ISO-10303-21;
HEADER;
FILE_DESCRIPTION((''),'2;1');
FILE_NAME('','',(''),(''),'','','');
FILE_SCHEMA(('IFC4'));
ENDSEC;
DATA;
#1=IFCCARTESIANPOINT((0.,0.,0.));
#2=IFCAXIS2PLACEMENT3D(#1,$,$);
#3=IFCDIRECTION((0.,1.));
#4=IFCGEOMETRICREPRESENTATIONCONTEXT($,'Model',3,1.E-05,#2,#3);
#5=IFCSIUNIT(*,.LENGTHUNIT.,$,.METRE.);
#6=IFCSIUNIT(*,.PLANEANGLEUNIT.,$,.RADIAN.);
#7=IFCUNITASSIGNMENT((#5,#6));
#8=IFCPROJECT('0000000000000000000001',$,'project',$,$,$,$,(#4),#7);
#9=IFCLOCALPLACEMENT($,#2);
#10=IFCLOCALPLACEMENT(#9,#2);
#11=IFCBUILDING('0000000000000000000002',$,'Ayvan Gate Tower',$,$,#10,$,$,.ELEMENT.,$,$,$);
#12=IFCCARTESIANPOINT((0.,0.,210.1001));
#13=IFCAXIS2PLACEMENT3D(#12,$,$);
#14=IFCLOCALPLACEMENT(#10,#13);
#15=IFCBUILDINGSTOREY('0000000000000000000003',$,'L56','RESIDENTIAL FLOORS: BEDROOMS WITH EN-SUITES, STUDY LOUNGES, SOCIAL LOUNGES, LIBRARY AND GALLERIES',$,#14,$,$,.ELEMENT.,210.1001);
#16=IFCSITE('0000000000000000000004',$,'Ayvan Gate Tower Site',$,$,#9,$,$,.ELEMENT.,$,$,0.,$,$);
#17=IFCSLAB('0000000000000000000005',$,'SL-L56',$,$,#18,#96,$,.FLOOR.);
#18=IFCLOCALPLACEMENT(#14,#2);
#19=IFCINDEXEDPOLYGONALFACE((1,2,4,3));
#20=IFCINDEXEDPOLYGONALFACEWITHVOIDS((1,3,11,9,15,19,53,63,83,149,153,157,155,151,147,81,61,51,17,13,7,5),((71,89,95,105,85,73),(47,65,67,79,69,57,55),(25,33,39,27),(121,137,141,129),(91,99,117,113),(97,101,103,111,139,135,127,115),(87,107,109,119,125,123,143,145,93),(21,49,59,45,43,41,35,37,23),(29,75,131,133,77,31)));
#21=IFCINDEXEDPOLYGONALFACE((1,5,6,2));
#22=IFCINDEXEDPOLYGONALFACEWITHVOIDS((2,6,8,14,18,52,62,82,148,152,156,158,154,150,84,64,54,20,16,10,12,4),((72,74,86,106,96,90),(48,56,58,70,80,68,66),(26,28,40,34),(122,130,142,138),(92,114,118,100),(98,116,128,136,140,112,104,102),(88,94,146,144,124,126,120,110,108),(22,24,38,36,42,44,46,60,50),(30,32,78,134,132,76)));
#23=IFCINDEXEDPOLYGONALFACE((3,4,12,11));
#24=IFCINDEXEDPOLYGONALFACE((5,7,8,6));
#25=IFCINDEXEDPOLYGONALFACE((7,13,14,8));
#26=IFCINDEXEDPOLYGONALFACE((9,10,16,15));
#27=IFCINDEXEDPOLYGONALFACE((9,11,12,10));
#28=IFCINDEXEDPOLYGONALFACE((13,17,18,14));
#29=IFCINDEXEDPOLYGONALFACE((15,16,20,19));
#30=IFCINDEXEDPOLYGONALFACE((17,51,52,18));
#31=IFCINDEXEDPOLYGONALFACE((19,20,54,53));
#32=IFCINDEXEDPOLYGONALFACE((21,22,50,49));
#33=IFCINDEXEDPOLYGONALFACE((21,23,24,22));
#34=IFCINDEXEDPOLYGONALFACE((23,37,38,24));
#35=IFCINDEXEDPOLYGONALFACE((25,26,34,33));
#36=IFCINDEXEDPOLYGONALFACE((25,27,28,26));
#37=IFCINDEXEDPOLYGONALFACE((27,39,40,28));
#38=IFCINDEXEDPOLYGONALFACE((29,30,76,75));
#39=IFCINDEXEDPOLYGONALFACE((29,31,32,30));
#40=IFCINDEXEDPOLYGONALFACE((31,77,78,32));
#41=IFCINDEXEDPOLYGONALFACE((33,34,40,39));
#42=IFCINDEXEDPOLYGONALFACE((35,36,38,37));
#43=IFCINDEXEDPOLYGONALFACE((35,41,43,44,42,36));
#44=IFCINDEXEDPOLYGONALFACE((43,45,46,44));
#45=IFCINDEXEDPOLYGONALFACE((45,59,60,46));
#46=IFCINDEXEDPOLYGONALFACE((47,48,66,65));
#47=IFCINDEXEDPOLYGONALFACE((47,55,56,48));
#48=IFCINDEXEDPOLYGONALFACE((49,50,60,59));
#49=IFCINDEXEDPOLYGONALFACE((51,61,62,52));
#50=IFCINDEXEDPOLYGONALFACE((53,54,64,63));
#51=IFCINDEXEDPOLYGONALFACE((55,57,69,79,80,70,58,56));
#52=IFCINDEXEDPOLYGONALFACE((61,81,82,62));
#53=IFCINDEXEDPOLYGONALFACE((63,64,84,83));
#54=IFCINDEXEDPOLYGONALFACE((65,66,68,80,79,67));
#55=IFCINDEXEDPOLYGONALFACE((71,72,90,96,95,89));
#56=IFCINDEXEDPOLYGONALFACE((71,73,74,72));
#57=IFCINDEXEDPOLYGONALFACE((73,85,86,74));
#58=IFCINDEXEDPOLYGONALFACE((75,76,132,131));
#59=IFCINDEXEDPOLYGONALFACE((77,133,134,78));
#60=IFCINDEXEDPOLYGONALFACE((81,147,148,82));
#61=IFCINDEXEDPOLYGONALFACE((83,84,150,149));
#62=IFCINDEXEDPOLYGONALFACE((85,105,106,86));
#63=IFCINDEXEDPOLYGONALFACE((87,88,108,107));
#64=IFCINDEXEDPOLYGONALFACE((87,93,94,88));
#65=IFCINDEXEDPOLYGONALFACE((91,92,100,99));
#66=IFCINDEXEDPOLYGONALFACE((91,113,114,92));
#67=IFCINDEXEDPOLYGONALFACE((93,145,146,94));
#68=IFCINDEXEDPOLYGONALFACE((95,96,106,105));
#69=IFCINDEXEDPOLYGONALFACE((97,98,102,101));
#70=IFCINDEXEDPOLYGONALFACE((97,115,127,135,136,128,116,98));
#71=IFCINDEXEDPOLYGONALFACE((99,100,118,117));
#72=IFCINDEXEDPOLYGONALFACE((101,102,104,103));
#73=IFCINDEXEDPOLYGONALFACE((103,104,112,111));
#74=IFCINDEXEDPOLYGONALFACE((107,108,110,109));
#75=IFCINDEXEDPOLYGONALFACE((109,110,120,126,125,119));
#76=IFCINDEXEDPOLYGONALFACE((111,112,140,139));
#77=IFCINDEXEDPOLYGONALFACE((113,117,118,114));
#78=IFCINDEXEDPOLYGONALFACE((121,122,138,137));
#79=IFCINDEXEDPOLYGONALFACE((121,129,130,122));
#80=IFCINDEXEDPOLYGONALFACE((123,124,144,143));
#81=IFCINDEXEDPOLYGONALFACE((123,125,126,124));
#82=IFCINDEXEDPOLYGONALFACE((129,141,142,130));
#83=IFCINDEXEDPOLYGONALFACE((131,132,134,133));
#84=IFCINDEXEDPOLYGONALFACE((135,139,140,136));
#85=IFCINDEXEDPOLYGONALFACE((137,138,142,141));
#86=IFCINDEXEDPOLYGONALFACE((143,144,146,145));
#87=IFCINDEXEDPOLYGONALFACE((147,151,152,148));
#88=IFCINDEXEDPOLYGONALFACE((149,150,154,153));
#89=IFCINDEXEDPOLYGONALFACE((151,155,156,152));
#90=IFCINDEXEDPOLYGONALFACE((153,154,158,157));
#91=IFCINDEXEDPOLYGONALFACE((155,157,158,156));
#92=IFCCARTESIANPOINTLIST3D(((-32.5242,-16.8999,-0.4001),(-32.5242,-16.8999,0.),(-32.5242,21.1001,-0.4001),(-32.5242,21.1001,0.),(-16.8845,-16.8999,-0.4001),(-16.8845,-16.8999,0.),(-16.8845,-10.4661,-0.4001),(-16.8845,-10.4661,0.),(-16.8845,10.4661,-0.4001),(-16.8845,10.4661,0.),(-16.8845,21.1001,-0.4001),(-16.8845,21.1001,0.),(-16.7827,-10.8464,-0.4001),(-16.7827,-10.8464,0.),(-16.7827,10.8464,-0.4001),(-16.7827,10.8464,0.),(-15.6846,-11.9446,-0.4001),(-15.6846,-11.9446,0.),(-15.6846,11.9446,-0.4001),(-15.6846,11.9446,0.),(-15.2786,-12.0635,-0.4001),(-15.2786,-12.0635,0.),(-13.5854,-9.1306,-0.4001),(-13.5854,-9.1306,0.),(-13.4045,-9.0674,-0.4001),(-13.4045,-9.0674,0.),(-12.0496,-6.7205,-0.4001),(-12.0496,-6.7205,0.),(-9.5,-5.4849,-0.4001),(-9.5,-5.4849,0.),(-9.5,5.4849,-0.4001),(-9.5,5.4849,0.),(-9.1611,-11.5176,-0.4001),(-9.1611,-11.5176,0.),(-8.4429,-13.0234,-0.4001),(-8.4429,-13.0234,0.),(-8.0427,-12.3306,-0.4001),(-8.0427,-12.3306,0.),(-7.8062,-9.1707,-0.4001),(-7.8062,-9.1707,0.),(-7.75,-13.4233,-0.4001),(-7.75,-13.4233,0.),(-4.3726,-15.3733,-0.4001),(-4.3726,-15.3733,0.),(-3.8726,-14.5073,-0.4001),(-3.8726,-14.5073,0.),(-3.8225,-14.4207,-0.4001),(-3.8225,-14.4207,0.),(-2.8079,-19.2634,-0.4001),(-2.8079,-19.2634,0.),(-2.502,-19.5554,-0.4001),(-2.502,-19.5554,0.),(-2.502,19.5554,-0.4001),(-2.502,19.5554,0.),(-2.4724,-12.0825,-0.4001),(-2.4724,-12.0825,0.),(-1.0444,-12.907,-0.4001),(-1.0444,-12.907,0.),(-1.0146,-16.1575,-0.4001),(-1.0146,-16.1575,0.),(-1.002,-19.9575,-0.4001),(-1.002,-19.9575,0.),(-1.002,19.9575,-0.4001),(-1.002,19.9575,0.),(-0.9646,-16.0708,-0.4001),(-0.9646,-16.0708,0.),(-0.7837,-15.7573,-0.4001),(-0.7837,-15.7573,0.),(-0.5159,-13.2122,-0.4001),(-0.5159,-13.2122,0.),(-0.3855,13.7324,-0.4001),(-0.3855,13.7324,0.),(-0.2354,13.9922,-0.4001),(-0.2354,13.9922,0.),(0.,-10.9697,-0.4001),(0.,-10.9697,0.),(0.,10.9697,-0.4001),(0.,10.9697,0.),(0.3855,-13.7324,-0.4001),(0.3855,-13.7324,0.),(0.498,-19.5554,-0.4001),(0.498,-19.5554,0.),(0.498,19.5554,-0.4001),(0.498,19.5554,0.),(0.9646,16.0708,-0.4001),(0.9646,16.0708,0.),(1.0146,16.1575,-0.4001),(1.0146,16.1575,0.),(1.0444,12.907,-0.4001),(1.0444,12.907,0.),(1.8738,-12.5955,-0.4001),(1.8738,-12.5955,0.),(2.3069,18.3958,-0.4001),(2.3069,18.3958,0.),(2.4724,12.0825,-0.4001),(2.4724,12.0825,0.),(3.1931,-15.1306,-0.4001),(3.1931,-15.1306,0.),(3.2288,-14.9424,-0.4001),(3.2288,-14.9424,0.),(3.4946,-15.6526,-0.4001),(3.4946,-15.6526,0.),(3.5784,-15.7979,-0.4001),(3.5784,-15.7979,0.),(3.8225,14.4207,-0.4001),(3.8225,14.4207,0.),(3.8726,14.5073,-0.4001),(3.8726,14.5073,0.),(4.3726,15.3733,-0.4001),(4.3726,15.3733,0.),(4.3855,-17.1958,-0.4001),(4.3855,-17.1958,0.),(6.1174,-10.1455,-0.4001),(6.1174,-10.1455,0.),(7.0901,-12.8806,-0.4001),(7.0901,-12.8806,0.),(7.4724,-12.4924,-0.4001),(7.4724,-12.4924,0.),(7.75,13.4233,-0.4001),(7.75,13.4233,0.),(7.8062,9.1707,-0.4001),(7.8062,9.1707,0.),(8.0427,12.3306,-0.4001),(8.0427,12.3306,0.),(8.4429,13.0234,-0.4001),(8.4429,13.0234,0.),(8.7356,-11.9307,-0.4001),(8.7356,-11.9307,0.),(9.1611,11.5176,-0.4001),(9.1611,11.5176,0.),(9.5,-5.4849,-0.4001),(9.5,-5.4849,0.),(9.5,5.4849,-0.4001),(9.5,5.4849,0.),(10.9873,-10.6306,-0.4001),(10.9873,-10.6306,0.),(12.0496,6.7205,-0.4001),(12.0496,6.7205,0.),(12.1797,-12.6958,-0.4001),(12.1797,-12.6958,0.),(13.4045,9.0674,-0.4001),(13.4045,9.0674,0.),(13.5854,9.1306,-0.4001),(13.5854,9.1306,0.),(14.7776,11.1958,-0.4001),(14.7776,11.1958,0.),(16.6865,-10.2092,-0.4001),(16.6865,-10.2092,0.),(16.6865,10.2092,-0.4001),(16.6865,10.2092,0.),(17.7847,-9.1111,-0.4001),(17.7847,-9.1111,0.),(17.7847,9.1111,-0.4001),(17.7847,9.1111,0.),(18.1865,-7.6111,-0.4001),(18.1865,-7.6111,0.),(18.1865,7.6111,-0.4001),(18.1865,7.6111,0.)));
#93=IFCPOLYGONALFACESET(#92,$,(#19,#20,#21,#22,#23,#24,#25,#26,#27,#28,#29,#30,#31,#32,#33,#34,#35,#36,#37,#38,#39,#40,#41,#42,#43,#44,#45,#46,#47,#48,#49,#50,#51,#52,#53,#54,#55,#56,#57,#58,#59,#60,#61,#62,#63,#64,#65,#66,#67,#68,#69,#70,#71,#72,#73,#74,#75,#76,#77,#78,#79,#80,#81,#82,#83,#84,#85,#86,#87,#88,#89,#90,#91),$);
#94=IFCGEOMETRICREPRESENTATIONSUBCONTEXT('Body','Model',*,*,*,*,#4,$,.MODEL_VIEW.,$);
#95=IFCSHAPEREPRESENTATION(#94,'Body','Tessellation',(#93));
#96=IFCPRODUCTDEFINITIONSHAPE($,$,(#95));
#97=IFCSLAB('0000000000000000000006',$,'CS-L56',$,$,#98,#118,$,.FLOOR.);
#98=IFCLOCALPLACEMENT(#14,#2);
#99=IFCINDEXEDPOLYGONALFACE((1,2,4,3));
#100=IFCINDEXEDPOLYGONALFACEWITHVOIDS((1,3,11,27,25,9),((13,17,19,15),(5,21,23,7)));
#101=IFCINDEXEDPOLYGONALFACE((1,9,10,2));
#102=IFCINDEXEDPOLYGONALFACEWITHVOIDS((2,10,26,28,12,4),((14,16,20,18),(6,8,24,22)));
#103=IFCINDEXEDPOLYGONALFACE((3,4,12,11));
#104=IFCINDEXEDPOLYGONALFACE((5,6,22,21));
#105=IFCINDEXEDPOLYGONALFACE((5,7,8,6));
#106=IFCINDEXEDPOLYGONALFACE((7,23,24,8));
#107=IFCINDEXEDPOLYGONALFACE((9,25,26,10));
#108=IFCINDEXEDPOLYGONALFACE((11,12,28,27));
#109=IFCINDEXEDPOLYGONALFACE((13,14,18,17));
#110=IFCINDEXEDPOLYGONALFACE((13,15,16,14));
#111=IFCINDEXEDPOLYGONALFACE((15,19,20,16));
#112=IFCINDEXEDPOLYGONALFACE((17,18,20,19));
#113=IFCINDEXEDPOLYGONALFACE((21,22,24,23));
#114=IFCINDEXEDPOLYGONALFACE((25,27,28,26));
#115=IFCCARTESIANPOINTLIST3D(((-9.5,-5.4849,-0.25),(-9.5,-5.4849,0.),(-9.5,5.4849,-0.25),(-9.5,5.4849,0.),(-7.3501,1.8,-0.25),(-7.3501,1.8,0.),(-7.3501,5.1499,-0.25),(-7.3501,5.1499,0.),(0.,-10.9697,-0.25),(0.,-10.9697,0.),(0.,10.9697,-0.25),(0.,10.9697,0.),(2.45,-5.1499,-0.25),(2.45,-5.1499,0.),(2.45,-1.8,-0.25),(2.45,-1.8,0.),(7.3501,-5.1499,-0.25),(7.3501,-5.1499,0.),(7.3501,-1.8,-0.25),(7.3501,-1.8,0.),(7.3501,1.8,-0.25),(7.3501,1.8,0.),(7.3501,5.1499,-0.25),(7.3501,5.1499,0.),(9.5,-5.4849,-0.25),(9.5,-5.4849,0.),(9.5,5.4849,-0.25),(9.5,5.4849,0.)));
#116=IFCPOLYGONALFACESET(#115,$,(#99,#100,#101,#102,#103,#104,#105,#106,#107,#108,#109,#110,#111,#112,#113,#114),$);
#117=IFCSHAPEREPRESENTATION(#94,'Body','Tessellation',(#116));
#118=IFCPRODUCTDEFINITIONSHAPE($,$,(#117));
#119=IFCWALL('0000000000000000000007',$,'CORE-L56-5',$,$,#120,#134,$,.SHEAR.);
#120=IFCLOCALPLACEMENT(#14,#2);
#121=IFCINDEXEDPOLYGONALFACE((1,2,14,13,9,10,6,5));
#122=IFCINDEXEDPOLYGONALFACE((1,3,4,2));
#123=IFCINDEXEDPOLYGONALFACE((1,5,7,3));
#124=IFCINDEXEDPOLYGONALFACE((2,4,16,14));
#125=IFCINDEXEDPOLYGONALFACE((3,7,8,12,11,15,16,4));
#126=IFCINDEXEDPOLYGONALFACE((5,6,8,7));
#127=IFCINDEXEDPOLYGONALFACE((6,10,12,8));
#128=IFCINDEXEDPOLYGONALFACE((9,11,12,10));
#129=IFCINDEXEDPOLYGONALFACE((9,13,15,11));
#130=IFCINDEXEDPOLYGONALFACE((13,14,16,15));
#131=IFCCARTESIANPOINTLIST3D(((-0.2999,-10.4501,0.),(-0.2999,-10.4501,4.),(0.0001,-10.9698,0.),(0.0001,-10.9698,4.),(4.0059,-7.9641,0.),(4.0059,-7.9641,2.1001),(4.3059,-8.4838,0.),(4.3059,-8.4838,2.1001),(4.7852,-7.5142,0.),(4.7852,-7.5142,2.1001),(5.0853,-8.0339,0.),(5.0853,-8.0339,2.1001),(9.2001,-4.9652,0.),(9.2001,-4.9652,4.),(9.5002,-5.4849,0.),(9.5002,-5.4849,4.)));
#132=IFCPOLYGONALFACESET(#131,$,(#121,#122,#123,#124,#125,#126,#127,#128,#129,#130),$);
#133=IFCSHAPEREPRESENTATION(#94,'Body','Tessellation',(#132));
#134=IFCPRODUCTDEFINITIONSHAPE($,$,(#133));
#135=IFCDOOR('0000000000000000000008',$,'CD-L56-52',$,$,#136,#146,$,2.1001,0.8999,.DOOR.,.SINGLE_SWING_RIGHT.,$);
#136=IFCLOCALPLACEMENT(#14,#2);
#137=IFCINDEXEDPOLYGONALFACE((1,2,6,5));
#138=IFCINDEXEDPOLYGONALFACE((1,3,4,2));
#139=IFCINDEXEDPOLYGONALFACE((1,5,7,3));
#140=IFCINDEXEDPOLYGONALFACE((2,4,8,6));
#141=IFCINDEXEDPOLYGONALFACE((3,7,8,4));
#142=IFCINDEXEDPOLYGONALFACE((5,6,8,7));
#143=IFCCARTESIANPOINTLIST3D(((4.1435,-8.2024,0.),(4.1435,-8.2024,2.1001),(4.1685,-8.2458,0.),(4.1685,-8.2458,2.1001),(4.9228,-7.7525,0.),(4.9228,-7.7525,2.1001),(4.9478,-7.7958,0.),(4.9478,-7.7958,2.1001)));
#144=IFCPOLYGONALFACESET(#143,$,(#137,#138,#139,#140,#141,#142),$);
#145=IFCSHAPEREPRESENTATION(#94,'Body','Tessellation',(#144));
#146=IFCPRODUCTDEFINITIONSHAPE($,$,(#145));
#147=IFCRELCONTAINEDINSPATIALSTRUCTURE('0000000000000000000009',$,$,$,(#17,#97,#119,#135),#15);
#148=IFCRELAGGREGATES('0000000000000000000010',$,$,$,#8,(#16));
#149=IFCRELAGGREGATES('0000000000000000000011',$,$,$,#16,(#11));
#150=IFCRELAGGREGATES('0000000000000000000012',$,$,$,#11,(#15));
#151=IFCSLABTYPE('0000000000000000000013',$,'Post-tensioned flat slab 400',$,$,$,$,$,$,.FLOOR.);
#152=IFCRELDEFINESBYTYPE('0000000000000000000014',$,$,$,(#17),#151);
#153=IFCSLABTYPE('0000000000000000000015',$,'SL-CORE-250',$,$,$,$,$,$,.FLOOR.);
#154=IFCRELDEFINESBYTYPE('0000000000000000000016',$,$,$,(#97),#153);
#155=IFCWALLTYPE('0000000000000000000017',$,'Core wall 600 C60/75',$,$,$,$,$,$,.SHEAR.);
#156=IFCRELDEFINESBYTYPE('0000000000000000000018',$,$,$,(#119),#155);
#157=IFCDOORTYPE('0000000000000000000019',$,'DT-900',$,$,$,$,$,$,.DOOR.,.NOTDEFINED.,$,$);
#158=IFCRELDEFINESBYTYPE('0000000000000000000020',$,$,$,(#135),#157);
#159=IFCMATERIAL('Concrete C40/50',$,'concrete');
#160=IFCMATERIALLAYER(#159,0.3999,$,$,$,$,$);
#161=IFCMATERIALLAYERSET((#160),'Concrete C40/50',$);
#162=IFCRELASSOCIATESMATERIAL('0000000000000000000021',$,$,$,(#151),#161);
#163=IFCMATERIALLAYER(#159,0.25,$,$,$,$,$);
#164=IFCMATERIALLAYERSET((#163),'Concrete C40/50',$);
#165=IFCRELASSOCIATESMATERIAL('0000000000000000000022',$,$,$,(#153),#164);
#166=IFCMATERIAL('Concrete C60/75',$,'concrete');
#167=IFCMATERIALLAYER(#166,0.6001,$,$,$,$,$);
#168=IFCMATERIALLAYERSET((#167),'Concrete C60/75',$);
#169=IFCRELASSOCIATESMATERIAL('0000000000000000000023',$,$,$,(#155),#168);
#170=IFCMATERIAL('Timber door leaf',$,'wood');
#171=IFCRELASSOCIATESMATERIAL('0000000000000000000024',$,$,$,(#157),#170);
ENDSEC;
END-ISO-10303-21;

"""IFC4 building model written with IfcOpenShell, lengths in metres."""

from ifc_helpers import new_model, si_unit, direction, frame, frame_2d, origin, place, context, subcontext, project, spatial, polyline, rectangle, outline, extrude, material, layer, layer_set, type_object, element, fill, save


model = new_model("IFC4")

# Units and contexts
model_context = context("Model", 3, precision=1e-05, world=origin(), true_north=direction((0.0, 1.0)))
body_context = subcontext(model_context, "Body", "Model", "MODEL_VIEW")
ifc_project = project(units=[si_unit("LENGTHUNIT", "METRE"), si_unit("PLANEANGLEUNIT", "RADIAN")], contexts=[model_context])

# Site, building, storey
site_placement = place(None, origin())
site = spatial("IfcSite", under=ifc_project, at=site_placement, Name="Ayvan Gate Tower Site", CompositionType="ELEMENT", RefElevation=0.0)
building_placement = place(site_placement, origin())
building = spatial("IfcBuilding", under=site, at=building_placement, Name="Ayvan Gate Tower", CompositionType="ELEMENT")
storey_placement = place(building_placement, frame((0.0, 0.0, 210.1001)))
storey = spatial("IfcBuildingStorey", under=building, at=storey_placement, Name="L56", Description="RESIDENTIAL FLOORS: BEDROOMS WITH EN-SUITES, STUDY LOUNGES, SOCIAL LOUNGES, LIBRARY AND GALLERIES", CompositionType="ELEMENT", Elevation=210.1001)

# Slabs
ifc_material_1 = material(Name="Concrete C40/50", Category="concrete")
ifc_layer_1 = layer(ifc_material_1, 0.3999)
ifc_layer_set_1 = layer_set([ifc_layer_1], Name="Concrete C40/50")
slab_type_1 = type_object("IfcSlabType", Name="Post-tensioned flat slab 400", PredefinedType="FLOOR", material=ifc_layer_set_1)
slab_1_placement = place(storey_placement, frame((0.0, 0.0, -0.4001)))
element("IfcSlab", 1, at=slab_1_placement, inside=storey, type_object=slab_type_1, Name="SL-L56", PredefinedType="FLOOR", context=body_context, shape_type="SweptSolid", body=[
    extrude(outline(polyline([(-16.7827, -10.8464), (-16.8845, -10.4661), (-16.8845, -16.8999), (-32.5242, -16.8999), (-32.5242, 21.1001), (-16.8845, 21.1001), (-16.8845, 10.4661), (-16.7827, 10.8464), (-15.6846, 11.9446), (-2.502, 19.5554), (-1.002, 19.9575), (0.498, 19.5554), (16.6865, 10.2092), (17.7847, 9.1111), (18.1865, 7.6111), (18.1865, -7.6111), (17.7847, -9.1111), (16.6865, -10.2092), (0.498, -19.5554), (-1.002, -19.9575), (-2.502, -19.5554), (-15.6846, -11.9446), (-16.7827, -10.8464)]), holes=[polyline([(4.3726, 15.3733), (7.75, 13.4233), (8.4429, 13.0234), (8.0427, 12.3306), (13.5854, 9.1306), (14.7776, 11.1958), (2.3069, 18.3958), (1.0146, 16.1575), (3.8726, 14.5073), (4.3726, 15.3733)]), polyline([(7.8062, 9.1707), (12.0496, 6.7205), (13.4045, 9.0674), (9.1611, 11.5176), (7.8062, 9.1707)]), polyline([(3.5784, -15.7979), (4.3855, -17.1958), (12.1797, -12.6958), (10.9873, -10.6306), (8.7356, -11.9307), (7.0901, -12.8806), (3.1931, -15.1306), (3.4946, -15.6526), (3.5784, -15.7979)]), polyline([(-9.5, -5.4849), (0.0, -10.9697), (9.5, -5.4849), (9.5, 5.4849), (0.0, 10.9697), (-9.5, 5.4849), (-9.5, -5.4849)]), polyline([(6.1174, -10.1455), (1.8738, -12.5955), (3.2288, -14.9424), (7.4724, -12.4924), (6.1174, -10.1455)]), polyline([(0.9646, 16.0708), (-0.2354, 13.9922), (-0.3855, 13.7324), (1.0444, 12.907), (2.4724, 12.0825), (3.8225, 14.4207), (0.9646, 16.0708)]), polyline([(-1.0444, -12.907), (-2.4724, -12.0825), (-3.8225, -14.4207), (-0.9646, -16.0708), (-0.7837, -15.7573), (0.3855, -13.7324), (-0.5159, -13.2122), (-1.0444, -12.907)]), polyline([(-15.2786, -12.0635), (-2.8079, -19.2634), (-1.0146, -16.1575), (-3.8726, -14.5073), (-4.3726, -15.3733), (-7.75, -13.4233), (-8.4429, -13.0234), (-8.0427, -12.3306), (-13.5854, -9.1306), (-15.2786, -12.0635)]), polyline([(-13.4045, -9.0674), (-9.1611, -11.5176), (-7.8062, -9.1707), (-12.0496, -6.7205), (-13.4045, -9.0674)])]), origin(), (0.0, 0.0, 1.0), 0.4001),
])
ifc_layer_2 = layer(ifc_material_1, 0.25)
ifc_layer_set_2 = layer_set([ifc_layer_2], Name="Concrete C40/50")
slab_type_2 = type_object("IfcSlabType", Name="SL-CORE-250", PredefinedType="FLOOR", material=ifc_layer_set_2)
slab_2_placement = place(storey_placement, frame((0.0, 0.0, -0.25)))
element("IfcSlab", 2, at=slab_2_placement, inside=storey, type_object=slab_type_2, Name="CS-L56", PredefinedType="FLOOR", context=body_context, shape_type="SweptSolid", body=[
    extrude(outline(polyline([(9.5, -5.4849), (0.0, -10.9697), (-9.5, -5.4849), (-9.5, 5.4849), (0.0, 10.9697), (9.5, 5.4849), (9.5, -5.4849)]), holes=[polyline([(-7.3501, 5.1499), (-7.3501, 1.8), (7.3501, 1.8), (7.3501, 5.1499), (-7.3501, 5.1499)]), polyline([(2.45, -1.8), (2.45, -5.1499), (7.3501, -5.1499), (7.3501, -1.8), (2.45, -1.8)])]), origin(), (0.0, 0.0, 1.0), 0.25),
])

# Wall, opening, door
ifc_material_2 = material(Name="Concrete C60/75", Category="concrete")
ifc_layer_3 = layer(ifc_material_2, 0.6001)
ifc_layer_set_3 = layer_set([ifc_layer_3], Name="Concrete C60/75")
wall_type_1 = type_object("IfcWallType", Name="Core wall 600 C60/75", PredefinedType="SHEAR", material=ifc_layer_set_3)
wall_1_placement = place(storey_placement, frame((-0.1499, -10.71, 0.0), z_axis=(0.0, 0.0, 1.0), x_axis=(0.866024, 0.500002, 0.0)))
wall_1 = element("IfcWall", 3, at=wall_1_placement, inside=storey, type_object=wall_type_1, Name="CORE-L56-5", PredefinedType="SHEAR", context=body_context, shape_type="SweptSolid", body=[
    extrude(rectangle(XDim=10.9697, YDim=0.6001, at=frame_2d((5.4849, 0.0))), origin(), (0.0, 0.0, 1.0), 4.0),
])
opening_1_placement = place(wall_1_placement, frame((4.9719, 0.0, 0.0)))
opening_1 = element("IfcOpeningElement", 4, at=opening_1_placement, cuts=wall_1, PredefinedType="OPENING", context=body_context, shape_type="SweptSolid", body=[
    extrude(rectangle(XDim=0.8999, YDim=2.1001, at=frame_2d((0.45, 1.05))), frame((0.0, 0.3101, 0.0), z_axis=(0.0, -1.0, 0.0), x_axis=(1.0, 0.0, 0.0)), (0.0, 0.0, 1.0), 0.6201),
])
ifc_material_3 = material(Name="Timber door leaf", Category="wood")
door_type_1 = type_object("IfcDoorType", Name="DT-900", OperationType="NOTDEFINED", PredefinedType="DOOR", material=ifc_material_3)
door_1_placement = place(opening_1_placement, origin())
door_1 = element("IfcDoor", 5, at=door_1_placement, inside=storey, type_object=door_type_1, Name="CD-L56-52", OperationType="SINGLE_SWING_RIGHT", OverallHeight=2.1001, OverallWidth=0.8999, PredefinedType="DOOR", context=body_context, shape_type="SweptSolid", body=[
    extrude(rectangle(XDim=0.8999, YDim=2.1001, at=frame_2d((0.45, 1.05))), frame((0.0, 0.0249, 0.0), z_axis=(0.0, -1.0, 0.0), x_axis=(1.0, 0.0, 0.0)), (0.0, 0.0, 1.0), 0.05),
])
fill(opening_1, door_1)

save(model, "model.ifc")
